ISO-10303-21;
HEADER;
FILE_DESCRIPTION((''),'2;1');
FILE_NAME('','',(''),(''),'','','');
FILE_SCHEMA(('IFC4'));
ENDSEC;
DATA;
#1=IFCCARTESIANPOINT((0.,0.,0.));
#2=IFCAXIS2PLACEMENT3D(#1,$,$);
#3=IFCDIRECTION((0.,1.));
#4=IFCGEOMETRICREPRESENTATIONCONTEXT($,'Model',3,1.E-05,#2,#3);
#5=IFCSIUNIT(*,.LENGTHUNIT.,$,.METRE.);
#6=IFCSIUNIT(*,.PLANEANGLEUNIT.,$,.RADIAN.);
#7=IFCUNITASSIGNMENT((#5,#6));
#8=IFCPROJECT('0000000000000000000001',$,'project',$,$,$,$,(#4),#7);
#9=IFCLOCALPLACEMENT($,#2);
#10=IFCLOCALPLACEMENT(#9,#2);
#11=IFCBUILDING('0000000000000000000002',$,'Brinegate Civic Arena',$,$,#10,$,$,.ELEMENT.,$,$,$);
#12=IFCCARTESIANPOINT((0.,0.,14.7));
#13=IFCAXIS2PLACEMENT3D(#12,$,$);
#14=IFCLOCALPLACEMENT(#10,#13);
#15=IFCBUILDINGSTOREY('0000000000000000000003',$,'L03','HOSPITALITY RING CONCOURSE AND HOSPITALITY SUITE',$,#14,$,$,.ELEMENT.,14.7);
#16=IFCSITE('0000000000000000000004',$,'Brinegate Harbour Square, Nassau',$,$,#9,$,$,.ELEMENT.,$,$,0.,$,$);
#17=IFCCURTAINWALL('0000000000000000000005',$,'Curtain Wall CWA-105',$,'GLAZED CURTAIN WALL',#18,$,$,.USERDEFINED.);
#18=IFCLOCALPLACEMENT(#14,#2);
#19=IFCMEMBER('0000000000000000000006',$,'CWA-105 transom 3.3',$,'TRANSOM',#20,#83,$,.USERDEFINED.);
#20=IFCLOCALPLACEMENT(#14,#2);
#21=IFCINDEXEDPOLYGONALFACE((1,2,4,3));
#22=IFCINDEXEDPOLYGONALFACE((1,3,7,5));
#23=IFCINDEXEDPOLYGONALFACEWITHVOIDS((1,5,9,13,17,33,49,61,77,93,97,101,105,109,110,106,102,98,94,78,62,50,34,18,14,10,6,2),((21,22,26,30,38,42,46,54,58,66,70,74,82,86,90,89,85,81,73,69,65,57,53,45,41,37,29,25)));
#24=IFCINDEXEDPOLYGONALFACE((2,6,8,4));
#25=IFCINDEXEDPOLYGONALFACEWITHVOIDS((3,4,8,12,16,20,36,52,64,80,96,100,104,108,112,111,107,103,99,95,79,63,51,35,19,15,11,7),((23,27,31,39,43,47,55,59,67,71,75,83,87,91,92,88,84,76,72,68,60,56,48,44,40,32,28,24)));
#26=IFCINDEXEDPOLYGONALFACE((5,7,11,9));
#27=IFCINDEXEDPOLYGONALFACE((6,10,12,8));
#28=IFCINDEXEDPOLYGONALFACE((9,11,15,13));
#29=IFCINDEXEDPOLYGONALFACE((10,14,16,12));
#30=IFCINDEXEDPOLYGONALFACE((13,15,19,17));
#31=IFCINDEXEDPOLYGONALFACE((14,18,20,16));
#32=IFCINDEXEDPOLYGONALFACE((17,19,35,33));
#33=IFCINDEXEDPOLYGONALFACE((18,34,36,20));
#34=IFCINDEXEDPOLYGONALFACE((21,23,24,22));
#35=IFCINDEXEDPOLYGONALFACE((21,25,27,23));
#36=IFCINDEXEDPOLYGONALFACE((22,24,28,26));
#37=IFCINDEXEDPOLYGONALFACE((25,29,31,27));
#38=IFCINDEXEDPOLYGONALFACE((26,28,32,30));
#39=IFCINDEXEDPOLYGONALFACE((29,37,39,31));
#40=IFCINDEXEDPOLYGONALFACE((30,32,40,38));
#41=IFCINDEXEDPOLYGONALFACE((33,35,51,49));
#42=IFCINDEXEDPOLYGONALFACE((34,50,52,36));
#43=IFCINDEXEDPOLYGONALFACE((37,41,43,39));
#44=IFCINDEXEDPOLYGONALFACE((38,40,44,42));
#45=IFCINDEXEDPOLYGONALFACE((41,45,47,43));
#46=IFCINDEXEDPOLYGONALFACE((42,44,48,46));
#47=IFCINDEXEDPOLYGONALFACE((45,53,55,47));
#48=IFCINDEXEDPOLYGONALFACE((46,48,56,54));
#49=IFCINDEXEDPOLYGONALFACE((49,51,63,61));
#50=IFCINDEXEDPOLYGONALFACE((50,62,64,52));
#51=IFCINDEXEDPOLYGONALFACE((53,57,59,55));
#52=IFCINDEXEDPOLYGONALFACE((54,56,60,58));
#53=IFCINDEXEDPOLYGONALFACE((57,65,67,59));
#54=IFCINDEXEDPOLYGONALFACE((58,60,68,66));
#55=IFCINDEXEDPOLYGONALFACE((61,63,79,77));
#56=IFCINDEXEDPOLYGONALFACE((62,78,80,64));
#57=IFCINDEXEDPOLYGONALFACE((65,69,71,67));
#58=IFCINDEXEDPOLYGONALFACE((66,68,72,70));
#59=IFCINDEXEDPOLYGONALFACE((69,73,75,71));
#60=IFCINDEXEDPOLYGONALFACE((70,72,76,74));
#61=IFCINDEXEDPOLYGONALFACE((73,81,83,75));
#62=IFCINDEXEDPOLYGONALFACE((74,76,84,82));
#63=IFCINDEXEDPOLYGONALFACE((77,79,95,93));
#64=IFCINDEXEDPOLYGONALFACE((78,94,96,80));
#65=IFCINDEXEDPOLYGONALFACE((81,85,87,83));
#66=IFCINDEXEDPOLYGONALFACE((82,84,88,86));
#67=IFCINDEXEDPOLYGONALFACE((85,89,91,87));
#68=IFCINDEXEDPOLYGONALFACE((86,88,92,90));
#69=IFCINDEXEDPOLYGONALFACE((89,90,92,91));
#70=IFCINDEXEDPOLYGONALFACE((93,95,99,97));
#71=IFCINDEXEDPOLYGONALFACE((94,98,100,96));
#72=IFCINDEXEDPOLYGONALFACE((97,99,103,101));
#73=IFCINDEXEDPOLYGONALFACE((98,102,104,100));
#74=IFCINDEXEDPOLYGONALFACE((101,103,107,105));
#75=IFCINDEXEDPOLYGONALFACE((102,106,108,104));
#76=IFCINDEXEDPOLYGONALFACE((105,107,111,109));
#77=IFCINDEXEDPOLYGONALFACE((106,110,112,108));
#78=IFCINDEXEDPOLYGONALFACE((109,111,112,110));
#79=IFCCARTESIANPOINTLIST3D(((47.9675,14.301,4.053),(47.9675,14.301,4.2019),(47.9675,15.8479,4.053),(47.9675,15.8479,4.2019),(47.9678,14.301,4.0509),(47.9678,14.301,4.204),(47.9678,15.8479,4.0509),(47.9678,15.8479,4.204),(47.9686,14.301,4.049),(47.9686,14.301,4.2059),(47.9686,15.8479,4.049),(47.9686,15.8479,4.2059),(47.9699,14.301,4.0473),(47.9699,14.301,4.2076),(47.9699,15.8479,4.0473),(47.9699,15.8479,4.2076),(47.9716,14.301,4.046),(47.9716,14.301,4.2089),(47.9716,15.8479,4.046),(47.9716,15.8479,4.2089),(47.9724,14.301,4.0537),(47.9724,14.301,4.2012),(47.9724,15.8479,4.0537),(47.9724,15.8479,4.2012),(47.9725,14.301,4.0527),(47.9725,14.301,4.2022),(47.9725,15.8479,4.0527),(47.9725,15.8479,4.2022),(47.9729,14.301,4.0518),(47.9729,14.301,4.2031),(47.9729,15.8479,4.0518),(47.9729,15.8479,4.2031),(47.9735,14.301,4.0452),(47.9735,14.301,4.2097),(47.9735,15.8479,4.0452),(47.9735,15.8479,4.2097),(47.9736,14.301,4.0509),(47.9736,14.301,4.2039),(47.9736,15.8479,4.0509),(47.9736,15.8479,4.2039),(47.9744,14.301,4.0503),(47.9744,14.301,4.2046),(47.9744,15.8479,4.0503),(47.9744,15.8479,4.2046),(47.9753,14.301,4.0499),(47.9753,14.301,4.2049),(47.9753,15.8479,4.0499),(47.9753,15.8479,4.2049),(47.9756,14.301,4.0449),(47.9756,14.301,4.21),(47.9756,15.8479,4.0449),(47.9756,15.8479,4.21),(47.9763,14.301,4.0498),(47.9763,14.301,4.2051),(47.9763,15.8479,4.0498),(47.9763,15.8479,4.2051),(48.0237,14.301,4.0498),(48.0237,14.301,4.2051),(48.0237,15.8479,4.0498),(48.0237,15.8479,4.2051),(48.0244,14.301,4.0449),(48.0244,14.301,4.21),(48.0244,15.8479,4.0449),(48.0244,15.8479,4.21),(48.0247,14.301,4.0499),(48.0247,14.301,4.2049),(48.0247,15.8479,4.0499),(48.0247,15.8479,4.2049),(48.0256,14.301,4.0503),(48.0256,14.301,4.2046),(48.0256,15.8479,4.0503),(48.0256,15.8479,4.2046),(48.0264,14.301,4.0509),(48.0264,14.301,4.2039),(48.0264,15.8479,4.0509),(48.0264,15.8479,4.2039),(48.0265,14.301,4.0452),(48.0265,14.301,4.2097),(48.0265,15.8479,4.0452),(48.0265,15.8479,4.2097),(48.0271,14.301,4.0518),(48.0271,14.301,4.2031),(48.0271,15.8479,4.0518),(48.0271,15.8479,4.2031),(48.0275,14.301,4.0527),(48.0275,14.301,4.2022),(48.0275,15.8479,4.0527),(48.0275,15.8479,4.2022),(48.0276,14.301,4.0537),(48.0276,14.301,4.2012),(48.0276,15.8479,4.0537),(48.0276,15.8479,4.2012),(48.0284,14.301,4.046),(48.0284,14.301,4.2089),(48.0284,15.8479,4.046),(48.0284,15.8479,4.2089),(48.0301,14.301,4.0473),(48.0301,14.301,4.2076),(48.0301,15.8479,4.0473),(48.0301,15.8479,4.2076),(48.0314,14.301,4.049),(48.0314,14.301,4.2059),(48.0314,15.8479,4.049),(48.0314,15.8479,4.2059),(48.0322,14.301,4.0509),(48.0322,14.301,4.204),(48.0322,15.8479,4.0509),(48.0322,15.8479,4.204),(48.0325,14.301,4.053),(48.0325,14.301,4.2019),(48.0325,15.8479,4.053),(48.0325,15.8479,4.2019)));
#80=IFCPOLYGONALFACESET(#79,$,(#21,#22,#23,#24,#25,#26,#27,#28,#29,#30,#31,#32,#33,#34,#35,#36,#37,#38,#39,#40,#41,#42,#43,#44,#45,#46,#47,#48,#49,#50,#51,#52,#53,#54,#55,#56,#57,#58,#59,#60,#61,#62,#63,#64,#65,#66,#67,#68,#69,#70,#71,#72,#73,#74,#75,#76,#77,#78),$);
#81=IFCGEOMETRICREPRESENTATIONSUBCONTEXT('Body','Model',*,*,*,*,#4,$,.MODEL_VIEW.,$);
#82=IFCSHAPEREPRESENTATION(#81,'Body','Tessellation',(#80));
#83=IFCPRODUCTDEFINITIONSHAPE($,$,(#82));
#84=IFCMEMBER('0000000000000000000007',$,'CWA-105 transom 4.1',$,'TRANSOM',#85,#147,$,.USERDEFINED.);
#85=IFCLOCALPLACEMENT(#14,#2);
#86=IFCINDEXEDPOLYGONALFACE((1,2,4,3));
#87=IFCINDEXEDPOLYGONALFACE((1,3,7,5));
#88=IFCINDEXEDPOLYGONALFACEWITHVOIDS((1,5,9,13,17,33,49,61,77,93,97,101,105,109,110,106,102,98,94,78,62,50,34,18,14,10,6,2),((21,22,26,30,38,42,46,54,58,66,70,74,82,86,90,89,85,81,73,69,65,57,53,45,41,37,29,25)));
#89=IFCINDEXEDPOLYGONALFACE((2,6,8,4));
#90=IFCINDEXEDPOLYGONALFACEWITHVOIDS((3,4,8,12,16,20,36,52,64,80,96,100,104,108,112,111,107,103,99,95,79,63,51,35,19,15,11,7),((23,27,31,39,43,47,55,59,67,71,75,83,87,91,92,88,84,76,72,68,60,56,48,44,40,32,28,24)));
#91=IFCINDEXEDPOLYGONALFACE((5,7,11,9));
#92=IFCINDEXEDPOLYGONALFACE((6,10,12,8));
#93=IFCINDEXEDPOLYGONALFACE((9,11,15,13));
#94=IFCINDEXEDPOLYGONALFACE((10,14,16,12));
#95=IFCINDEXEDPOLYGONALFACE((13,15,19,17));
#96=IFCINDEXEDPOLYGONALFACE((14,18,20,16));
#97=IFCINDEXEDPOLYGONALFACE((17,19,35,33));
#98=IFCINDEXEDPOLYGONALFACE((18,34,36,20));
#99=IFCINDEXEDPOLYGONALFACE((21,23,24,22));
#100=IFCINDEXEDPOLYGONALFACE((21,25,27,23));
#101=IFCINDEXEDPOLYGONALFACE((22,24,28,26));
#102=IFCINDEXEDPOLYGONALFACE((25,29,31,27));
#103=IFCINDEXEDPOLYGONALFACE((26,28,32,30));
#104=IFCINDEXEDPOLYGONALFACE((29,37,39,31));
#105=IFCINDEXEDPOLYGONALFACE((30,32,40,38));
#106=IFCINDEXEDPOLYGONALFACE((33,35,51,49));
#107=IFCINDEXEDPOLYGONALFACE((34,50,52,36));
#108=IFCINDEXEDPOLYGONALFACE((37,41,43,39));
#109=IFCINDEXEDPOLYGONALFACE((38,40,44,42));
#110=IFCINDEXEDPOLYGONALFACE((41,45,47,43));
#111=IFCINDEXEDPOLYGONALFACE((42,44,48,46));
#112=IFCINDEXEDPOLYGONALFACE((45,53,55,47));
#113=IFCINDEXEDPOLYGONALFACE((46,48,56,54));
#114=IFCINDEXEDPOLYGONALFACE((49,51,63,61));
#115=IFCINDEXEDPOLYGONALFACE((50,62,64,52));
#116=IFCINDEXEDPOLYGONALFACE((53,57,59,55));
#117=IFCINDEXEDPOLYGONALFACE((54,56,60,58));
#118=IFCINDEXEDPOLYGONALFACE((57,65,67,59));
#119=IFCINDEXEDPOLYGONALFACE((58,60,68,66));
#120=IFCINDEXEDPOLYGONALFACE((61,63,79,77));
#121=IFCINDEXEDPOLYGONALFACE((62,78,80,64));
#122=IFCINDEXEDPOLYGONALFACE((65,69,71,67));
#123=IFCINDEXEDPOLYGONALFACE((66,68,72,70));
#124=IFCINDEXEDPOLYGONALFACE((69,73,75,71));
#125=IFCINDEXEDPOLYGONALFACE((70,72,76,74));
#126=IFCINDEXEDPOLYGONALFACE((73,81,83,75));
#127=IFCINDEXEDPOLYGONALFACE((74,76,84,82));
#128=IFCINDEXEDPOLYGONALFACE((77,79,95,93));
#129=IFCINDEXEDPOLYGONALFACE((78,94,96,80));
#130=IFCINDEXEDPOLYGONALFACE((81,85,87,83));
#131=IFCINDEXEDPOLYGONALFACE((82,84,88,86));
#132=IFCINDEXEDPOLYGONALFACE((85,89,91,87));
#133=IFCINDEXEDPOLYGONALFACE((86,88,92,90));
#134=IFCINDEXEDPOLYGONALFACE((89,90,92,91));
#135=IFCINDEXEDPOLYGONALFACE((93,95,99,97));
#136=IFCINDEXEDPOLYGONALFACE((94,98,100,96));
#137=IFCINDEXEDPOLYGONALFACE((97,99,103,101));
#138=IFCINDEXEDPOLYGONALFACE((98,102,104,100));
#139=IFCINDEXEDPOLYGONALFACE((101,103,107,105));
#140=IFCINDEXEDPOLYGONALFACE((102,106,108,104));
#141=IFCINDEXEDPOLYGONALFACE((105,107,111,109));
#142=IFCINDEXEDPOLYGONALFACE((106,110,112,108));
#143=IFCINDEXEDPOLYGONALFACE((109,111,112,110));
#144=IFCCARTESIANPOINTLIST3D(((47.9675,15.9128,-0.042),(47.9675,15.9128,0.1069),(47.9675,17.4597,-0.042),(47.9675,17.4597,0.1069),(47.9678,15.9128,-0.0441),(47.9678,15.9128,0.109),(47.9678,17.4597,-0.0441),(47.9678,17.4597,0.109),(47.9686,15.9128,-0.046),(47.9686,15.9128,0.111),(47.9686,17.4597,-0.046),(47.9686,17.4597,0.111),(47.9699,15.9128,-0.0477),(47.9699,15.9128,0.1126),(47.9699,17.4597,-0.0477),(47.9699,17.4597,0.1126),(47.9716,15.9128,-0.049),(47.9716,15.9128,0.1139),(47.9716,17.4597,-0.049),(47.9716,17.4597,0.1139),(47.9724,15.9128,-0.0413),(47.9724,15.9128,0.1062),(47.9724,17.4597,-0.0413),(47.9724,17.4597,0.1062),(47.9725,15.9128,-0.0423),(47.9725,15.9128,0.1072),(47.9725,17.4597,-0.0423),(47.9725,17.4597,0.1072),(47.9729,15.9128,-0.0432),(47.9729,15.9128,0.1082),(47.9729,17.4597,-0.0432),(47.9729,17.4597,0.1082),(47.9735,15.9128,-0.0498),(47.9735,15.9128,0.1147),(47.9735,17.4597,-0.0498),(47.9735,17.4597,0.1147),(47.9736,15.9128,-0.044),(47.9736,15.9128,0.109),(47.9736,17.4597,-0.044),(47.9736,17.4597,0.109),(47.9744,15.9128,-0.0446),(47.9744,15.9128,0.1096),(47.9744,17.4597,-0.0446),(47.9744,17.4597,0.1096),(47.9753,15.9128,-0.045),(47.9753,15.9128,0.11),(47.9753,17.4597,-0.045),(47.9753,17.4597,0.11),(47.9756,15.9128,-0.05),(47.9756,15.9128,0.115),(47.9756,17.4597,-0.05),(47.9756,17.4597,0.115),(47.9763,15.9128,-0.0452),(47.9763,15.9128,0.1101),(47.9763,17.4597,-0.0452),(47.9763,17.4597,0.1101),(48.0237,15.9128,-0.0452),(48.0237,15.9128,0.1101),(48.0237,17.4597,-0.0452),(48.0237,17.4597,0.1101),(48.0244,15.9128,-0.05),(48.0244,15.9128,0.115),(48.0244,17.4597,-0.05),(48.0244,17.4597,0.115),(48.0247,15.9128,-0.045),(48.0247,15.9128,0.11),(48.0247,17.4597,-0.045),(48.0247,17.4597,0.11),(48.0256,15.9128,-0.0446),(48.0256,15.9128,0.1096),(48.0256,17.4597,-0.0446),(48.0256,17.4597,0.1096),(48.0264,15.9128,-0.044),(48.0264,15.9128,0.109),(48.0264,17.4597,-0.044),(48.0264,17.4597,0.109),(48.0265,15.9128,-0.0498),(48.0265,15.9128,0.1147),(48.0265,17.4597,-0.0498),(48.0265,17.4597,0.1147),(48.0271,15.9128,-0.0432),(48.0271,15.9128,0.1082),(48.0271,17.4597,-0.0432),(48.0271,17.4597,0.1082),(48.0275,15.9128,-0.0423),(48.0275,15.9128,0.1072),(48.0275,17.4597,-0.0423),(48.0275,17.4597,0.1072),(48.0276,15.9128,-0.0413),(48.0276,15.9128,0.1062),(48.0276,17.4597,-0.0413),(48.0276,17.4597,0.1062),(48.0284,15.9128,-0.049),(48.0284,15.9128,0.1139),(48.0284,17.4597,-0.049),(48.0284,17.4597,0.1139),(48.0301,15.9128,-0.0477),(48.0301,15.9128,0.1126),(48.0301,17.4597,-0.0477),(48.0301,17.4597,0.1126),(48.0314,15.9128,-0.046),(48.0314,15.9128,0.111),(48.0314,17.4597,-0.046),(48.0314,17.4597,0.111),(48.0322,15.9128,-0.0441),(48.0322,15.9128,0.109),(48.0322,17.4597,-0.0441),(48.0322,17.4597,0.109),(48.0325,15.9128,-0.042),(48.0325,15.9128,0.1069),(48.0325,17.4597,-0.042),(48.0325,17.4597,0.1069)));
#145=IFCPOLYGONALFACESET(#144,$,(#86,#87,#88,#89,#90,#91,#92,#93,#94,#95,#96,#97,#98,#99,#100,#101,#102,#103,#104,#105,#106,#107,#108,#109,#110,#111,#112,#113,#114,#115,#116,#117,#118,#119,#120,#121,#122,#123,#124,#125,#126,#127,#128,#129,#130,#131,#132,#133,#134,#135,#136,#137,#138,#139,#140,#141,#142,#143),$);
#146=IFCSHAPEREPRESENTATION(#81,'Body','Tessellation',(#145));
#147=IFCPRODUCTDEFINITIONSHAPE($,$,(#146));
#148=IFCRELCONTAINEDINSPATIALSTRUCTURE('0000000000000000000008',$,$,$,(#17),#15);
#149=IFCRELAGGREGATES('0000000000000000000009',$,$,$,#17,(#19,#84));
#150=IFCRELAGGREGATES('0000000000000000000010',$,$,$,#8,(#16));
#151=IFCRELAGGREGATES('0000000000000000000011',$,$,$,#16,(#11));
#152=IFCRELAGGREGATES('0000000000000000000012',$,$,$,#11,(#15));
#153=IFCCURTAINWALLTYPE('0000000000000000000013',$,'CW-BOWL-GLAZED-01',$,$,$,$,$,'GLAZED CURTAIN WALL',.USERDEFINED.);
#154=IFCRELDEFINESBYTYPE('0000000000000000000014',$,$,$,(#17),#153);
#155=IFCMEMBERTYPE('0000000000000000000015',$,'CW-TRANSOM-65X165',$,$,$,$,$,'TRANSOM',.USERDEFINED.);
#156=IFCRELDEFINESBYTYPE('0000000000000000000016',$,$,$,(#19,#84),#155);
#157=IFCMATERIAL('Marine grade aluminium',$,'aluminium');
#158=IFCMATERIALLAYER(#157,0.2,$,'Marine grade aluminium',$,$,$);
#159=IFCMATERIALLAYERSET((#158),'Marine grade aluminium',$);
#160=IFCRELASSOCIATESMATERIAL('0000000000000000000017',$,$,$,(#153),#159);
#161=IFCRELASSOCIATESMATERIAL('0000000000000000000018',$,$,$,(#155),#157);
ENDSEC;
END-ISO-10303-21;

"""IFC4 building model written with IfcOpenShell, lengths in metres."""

from ifc_helpers import new_model, si_unit, direction, frame, origin, origin_2d, place, context, subcontext, project, spatial, hollow_rectangle, extrude, material, layer, layer_set, material_profile, profile_set, type_object, element, aggregate, save


model = new_model("IFC4")

# Units and contexts
model_context = context("Model", 3, precision=1e-05, world=origin(), true_north=direction((0.0, 1.0)))
body_context = subcontext(model_context, "Body", "Model", "MODEL_VIEW")
ifc_project = project(units=[si_unit("LENGTHUNIT", "METRE"), si_unit("PLANEANGLEUNIT", "RADIAN")], contexts=[model_context])

# Site, building, storey
site_placement = place(None, origin())
site = spatial("IfcSite", under=ifc_project, at=site_placement, Name="Brinegate Harbour Square, Nassau", CompositionType="ELEMENT", RefElevation=0.0)
building_placement = place(site_placement, origin())
building = spatial("IfcBuilding", under=site, at=building_placement, Name="Brinegate Civic Arena", CompositionType="ELEMENT")
storey_placement = place(building_placement, frame((0.0, 0.0, 14.7)))
storey = spatial("IfcBuildingStorey", under=building, at=storey_placement, Name="L03", Description="HOSPITALITY RING CONCOURSE AND HOSPITALITY SUITE", CompositionType="ELEMENT", Elevation=14.7)

# Curtain wall
ifc_material_1 = material(Name="Marine grade aluminium", Category="aluminium")
ifc_layer_1 = layer(ifc_material_1, 0.2, Name="Marine grade aluminium")
ifc_layer_set_1 = layer_set([ifc_layer_1], Name="Marine grade aluminium")
curtain_wall_type = type_object("IfcCurtainWallType", Name="CW-BOWL-GLAZED-01", ElementType="GLAZED CURTAIN WALL", PredefinedType="USERDEFINED", material=ifc_layer_set_1)
curtain_wall_1_placement = place(storey_placement, origin())
curtain_wall_1 = element("IfcCurtainWall", 1, at=curtain_wall_1_placement, inside=storey, type_object=curtain_wall_type, Name="Curtain Wall CWA-105", ObjectType="GLAZED CURTAIN WALL", PredefinedType="USERDEFINED")

# Members
ifc_material_profile_1 = material_profile(ifc_material_1, hollow_rectangle(XDim=0.0649, YDim=0.165, WallThickness=0.0049, InnerFilletRadius=0.0039, OuterFilletRadius=0.0081, at=origin_2d()), Name="TRN65X165")
ifc_profile_set_1 = profile_set([ifc_material_profile_1], Name="Marine grade aluminium")
member_type_1 = type_object("IfcMemberType", Name="CW-TRANSOM-65X165", ElementType="TRANSOM", PredefinedType="USERDEFINED", material=ifc_profile_set_1)
member_1_placement = place(storey_placement, frame((48.0, 14.301, 4.1274), z_axis=(0.0, 1.0, 0.0), x_axis=(-1.0, 0.0, 0.0)))
member_1 = element("IfcMember", 2, at=member_1_placement, type_object=member_type_1, Name="CWA-105 transom 3.3", ObjectType="TRANSOM", PredefinedType="USERDEFINED", context=body_context, shape_type="SweptSolid", body=[
    extrude(hollow_rectangle(XDim=0.0649, YDim=0.165, WallThickness=0.0049, InnerFilletRadius=0.0039, OuterFilletRadius=0.0081, at=origin_2d()), origin(), (0.0, 0.0, 1.0), 1.5469),
])
member_2_placement = place(storey_placement, frame((48.0, 15.9128, 0.0325), z_axis=(0.0, 1.0, 0.0), x_axis=(-1.0, 0.0, 0.0)))
member_2 = element("IfcMember", 3, at=member_2_placement, type_object=member_type_1, Name="CWA-105 transom 4.1", ObjectType="TRANSOM", PredefinedType="USERDEFINED", context=body_context, shape_type="SweptSolid", body=[
    extrude(hollow_rectangle(XDim=0.0649, YDim=0.165, WallThickness=0.0049, InnerFilletRadius=0.0039, OuterFilletRadius=0.0081, at=origin_2d()), origin(), (0.0, 0.0, 1.0), 1.5469),
])

aggregate(curtain_wall_1, [member_1, member_2])

save(model, "model.ifc")
